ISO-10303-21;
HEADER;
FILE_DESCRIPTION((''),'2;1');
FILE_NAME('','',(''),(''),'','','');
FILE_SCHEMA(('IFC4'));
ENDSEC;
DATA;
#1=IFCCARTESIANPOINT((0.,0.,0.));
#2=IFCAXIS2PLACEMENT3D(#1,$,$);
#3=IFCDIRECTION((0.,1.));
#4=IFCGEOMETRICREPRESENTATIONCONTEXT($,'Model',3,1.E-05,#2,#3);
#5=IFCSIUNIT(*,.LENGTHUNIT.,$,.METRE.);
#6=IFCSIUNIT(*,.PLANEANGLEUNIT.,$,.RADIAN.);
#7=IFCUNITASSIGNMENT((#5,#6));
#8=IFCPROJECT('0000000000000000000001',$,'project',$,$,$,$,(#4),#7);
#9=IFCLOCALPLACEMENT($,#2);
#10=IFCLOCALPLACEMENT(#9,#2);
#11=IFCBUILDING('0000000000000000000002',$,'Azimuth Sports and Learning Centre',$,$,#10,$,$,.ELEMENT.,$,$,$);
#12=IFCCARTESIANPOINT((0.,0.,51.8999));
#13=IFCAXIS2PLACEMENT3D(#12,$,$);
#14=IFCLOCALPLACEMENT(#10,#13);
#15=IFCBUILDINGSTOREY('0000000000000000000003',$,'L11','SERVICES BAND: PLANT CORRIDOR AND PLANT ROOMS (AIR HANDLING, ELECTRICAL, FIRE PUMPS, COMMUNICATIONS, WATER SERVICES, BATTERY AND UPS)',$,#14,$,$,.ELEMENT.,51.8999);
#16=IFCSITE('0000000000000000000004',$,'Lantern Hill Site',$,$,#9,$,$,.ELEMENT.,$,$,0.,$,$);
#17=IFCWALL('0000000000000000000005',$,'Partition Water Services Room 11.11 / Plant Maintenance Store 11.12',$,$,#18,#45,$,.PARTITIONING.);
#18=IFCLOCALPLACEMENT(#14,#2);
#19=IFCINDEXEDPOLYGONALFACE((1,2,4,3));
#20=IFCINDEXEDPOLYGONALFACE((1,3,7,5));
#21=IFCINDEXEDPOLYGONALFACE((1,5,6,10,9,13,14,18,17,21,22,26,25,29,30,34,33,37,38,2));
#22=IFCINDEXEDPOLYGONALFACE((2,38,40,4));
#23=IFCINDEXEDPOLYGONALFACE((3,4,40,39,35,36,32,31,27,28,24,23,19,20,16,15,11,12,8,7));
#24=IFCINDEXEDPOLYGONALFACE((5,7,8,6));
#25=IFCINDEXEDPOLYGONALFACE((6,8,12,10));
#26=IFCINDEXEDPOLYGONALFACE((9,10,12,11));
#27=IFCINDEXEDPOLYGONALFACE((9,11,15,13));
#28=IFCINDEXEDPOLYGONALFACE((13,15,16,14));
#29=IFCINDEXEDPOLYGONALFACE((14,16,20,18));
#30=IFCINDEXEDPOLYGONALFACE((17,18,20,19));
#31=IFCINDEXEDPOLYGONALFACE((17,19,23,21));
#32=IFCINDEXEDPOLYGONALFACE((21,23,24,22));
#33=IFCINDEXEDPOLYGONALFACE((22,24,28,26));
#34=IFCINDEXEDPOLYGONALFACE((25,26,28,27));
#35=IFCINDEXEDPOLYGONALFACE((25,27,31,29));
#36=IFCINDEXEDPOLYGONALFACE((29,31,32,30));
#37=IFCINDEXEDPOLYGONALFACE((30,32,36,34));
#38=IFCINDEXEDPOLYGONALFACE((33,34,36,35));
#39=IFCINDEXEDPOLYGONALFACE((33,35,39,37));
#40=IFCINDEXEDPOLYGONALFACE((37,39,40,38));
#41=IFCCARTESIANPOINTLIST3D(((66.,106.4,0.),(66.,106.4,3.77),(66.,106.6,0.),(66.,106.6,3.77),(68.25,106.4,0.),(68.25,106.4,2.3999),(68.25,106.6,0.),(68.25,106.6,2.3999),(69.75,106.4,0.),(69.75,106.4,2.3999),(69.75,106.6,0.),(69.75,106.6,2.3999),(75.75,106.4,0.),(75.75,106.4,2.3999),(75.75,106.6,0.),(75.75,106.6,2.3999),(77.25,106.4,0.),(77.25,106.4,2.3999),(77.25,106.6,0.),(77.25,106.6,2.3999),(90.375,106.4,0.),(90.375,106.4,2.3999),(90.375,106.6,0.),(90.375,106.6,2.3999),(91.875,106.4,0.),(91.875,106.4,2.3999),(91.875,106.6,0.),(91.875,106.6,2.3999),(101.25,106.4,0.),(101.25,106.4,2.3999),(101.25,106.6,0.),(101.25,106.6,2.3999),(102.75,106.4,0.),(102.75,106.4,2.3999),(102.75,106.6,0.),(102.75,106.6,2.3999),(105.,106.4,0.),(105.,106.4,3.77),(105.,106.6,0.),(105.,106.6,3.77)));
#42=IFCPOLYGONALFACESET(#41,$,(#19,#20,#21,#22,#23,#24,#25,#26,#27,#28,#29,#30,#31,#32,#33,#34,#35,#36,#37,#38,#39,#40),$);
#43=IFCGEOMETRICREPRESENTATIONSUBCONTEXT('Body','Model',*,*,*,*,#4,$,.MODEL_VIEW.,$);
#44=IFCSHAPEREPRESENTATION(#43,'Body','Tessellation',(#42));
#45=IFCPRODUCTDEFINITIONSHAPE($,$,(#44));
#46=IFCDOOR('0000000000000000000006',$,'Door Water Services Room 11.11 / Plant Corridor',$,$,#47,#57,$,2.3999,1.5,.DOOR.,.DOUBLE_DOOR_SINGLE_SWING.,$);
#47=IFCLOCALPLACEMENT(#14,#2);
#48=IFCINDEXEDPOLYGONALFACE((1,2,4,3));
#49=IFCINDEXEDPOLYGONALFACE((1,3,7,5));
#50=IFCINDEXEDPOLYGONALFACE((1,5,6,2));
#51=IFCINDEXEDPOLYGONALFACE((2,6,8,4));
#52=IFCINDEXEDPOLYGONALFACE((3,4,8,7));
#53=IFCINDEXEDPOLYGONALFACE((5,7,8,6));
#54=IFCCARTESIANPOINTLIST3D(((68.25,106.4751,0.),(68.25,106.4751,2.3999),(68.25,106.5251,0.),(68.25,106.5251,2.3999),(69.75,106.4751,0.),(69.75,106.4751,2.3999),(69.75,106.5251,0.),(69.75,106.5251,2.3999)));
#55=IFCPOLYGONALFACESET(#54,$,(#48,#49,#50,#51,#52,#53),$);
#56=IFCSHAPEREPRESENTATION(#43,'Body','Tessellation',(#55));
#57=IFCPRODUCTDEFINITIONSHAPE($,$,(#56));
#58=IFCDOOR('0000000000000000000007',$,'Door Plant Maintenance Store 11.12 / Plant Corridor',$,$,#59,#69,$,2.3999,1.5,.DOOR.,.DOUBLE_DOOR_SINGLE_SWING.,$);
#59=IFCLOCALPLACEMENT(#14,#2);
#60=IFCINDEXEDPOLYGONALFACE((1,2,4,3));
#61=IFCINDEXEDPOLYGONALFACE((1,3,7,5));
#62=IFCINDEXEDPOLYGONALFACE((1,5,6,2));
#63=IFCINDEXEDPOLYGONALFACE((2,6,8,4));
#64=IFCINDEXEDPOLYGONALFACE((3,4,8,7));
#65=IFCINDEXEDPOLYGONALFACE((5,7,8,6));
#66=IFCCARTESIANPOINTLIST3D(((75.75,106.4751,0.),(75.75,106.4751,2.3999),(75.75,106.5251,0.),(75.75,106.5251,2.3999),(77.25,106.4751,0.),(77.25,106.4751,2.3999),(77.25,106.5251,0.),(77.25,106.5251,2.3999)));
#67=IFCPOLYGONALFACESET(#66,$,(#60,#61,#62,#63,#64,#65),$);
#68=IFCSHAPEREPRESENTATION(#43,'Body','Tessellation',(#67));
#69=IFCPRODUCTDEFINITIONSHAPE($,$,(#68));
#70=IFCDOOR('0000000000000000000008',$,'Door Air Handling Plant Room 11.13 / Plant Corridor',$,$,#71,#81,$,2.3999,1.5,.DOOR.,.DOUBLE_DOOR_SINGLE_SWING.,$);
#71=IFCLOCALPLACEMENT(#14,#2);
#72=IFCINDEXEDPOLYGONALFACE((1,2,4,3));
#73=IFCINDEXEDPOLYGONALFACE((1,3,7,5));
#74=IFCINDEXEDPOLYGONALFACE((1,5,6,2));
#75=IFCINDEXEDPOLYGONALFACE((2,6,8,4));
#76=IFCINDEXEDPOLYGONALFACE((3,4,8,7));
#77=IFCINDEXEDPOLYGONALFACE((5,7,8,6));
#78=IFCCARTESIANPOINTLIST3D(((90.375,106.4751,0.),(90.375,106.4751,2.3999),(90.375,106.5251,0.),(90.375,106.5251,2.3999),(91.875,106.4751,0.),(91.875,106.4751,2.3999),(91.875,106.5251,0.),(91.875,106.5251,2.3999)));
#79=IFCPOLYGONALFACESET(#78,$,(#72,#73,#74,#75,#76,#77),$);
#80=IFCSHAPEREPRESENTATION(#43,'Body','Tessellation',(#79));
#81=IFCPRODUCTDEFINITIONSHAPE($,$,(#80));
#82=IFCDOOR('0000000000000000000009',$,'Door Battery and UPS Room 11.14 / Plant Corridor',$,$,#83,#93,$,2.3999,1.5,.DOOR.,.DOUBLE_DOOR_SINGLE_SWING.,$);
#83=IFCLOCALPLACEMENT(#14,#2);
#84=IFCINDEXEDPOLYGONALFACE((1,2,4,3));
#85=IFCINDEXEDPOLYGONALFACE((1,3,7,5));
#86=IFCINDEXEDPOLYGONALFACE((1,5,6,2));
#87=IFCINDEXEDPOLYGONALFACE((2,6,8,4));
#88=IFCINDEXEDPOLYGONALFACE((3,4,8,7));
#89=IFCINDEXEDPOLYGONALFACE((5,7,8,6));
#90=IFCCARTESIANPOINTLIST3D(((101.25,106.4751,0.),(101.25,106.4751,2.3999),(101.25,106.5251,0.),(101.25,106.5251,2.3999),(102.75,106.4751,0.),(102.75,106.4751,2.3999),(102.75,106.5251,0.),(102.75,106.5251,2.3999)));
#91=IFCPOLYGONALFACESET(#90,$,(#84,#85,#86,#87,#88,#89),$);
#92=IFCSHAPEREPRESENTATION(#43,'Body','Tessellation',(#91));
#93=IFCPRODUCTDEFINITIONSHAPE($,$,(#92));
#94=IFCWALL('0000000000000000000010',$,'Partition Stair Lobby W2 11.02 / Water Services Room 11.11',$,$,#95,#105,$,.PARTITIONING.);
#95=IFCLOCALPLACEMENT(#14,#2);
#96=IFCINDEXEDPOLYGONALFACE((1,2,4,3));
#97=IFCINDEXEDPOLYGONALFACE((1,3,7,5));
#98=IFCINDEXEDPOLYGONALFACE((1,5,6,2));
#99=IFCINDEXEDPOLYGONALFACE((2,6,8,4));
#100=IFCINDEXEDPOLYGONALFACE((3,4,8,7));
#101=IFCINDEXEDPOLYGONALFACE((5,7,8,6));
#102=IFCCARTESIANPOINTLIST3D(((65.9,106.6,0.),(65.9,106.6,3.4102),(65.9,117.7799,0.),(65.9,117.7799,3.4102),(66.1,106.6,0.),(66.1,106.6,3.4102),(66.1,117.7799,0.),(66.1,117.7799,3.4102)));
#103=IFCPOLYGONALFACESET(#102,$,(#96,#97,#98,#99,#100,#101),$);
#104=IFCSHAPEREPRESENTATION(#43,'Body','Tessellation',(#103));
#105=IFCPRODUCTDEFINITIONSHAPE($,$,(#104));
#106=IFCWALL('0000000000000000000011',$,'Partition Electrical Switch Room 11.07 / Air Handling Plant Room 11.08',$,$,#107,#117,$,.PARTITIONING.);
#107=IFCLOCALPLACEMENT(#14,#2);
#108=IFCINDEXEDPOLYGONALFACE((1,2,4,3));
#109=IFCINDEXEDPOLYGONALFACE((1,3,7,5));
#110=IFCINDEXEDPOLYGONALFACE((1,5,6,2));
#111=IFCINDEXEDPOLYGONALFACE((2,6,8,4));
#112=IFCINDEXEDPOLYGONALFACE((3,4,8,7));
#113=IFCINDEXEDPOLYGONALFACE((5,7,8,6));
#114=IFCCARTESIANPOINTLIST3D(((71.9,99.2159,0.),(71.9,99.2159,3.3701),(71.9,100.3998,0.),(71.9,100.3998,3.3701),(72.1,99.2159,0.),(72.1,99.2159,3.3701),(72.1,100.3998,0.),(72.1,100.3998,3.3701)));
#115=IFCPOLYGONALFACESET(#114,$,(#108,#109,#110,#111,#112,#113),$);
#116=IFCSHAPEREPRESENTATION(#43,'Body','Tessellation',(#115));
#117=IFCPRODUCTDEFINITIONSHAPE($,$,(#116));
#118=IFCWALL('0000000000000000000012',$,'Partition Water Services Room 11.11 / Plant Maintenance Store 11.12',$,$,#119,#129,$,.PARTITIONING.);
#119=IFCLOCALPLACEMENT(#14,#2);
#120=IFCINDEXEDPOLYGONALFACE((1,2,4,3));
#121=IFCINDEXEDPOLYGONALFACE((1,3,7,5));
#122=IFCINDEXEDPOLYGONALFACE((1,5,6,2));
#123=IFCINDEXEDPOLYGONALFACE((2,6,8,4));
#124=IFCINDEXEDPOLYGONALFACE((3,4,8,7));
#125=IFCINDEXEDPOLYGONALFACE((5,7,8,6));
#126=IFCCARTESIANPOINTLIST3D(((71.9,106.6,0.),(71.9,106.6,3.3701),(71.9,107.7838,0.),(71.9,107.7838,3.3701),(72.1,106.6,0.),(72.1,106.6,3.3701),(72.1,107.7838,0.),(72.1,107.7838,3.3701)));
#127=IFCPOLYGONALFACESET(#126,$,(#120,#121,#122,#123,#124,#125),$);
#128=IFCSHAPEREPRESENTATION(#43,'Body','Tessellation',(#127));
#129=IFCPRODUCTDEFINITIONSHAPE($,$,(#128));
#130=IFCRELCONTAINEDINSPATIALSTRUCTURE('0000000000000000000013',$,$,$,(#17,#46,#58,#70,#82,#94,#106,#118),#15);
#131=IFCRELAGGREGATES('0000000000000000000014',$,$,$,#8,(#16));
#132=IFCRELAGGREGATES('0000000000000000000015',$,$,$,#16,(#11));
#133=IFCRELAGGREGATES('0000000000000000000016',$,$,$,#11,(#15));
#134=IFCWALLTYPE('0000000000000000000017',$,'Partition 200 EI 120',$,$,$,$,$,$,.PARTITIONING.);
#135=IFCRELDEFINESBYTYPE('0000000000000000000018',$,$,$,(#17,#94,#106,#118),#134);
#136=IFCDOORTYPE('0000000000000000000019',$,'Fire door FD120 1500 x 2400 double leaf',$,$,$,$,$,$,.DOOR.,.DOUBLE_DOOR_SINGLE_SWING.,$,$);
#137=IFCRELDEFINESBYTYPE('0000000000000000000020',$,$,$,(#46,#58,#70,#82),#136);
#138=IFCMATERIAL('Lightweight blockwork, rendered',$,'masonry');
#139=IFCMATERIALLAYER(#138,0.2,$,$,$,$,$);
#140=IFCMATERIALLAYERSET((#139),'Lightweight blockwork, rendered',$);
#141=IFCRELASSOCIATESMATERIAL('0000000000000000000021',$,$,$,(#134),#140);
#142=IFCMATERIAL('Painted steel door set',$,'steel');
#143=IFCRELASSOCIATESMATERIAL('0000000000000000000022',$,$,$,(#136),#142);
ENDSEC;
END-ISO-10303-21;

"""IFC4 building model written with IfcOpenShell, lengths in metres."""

from ifc_helpers import new_model, si_unit, direction, frame, frame_2d, origin, place, context, subcontext, project, spatial, rectangle, extrude, material, layer, layer_set, type_object, element, fill, save


model = new_model("IFC4")

# Units and contexts
model_context = context("Model", 3, precision=1e-05, world=origin(), true_north=direction((0.0, 1.0)))
body_context = subcontext(model_context, "Body", "Model", "MODEL_VIEW")
ifc_project = project(units=[si_unit("LENGTHUNIT", "METRE"), si_unit("PLANEANGLEUNIT", "RADIAN")], contexts=[model_context])

# Site, building, storey
site_placement = place(None, origin())
site = spatial("IfcSite", under=ifc_project, at=site_placement, Name="Lantern Hill Site", CompositionType="ELEMENT", RefElevation=0.0)
building_placement = place(site_placement, origin())
building = spatial("IfcBuilding", under=site, at=building_placement, Name="Azimuth Sports and Learning Centre", CompositionType="ELEMENT")
storey_placement = place(building_placement, frame((0.0, 0.0, 51.8999)))
storey = spatial("IfcBuildingStorey", under=building, at=storey_placement, Name="L11", Description="SERVICES BAND: PLANT CORRIDOR AND PLANT ROOMS (AIR HANDLING, ELECTRICAL, FIRE PUMPS, COMMUNICATIONS, WATER SERVICES, BATTERY AND UPS)", CompositionType="ELEMENT", Elevation=51.8999)

# Wall, openings, doors
ifc_material_1 = material(Name="Lightweight blockwork, rendered", Category="masonry")
ifc_layer_1 = layer(ifc_material_1, 0.2)
ifc_layer_set_1 = layer_set([ifc_layer_1], Name="Lightweight blockwork, rendered")
wall_type_1 = type_object("IfcWallType", Name="Partition 200 EI 120", PredefinedType="PARTITIONING", material=ifc_layer_set_1)
ifc_material_2 = material(Name="Painted steel door set", Category="steel")
door_type_1 = type_object("IfcDoorType", Name="Fire door FD120 1500 x 2400 double leaf", OperationType="DOUBLE_DOOR_SINGLE_SWING", PredefinedType="DOOR", material=ifc_material_2)
wall_1_placement = place(storey_placement, frame((66.0, 106.5, 0.0), z_axis=(0.0, 0.0, 1.0), x_axis=(1.0, 0.0, 0.0)))
wall_1 = element("IfcWall", 1, at=wall_1_placement, inside=storey, type_object=wall_type_1, Name="Partition Water Services Room 11.11 / Plant Maintenance Store 11.12", PredefinedType="PARTITIONING", context=body_context, shape_type="SweptSolid", body=[
    extrude(rectangle(XDim=39.0, YDim=0.2, at=frame_2d((19.5, 0.0))), origin(), (0.0, 0.0, 1.0), 3.77),
])
opening_1_placement = place(wall_1_placement, frame((2.25, 0.0, 0.0)))
opening_1 = element("IfcOpeningElement", 2, at=opening_1_placement, cuts=wall_1, PredefinedType="OPENING", context=body_context, shape_type="SweptSolid", body=[
    extrude(rectangle(XDim=1.5, YDim=2.3999, at=frame_2d((0.75, 1.2))), frame((0.0, 0.1108, 0.0), z_axis=(0.0, -1.0, 0.0), x_axis=(1.0, 0.0, 0.0)), (0.0, 0.0, 1.0), 0.2219),
])
opening_2_placement = place(wall_1_placement, frame((9.75, 0.0, 0.0)))
opening_2 = element("IfcOpeningElement", 3, at=opening_2_placement, cuts=wall_1, PredefinedType="OPENING", context=body_context, shape_type="SweptSolid", body=[
    extrude(rectangle(XDim=1.5, YDim=2.3999, at=frame_2d((0.75, 1.2))), frame((0.0, 0.1108, 0.0), z_axis=(0.0, -1.0, 0.0), x_axis=(1.0, 0.0, 0.0)), (0.0, 0.0, 1.0), 0.2219),
])
opening_3_placement = place(wall_1_placement, frame((24.375, 0.0, 0.0)))
opening_3 = element("IfcOpeningElement", 4, at=opening_3_placement, cuts=wall_1, PredefinedType="OPENING", context=body_context, shape_type="SweptSolid", body=[
    extrude(rectangle(XDim=1.5, YDim=2.3999, at=frame_2d((0.75, 1.2))), frame((0.0, 0.1108, 0.0), z_axis=(0.0, -1.0, 0.0), x_axis=(1.0, 0.0, 0.0)), (0.0, 0.0, 1.0), 0.2219),
])
opening_4_placement = place(wall_1_placement, frame((35.25, 0.0, 0.0)))
opening_4 = element("IfcOpeningElement", 5, at=opening_4_placement, cuts=wall_1, PredefinedType="OPENING", context=body_context, shape_type="SweptSolid", body=[
    extrude(rectangle(XDim=1.5, YDim=2.3999, at=frame_2d((0.75, 1.2))), frame((0.0, 0.1108, 0.0), z_axis=(0.0, -1.0, 0.0), x_axis=(1.0, 0.0, 0.0)), (0.0, 0.0, 1.0), 0.2219),
])
door_1_placement = place(opening_1_placement, frame((1.5, 0.0, 0.0), z_axis=(0.0, 0.0, 1.0), x_axis=(-1.0, 0.0, 0.0)))
door_1 = element("IfcDoor", 6, at=door_1_placement, inside=storey, type_object=door_type_1, Name="Door Water Services Room 11.11 / Plant Corridor", OperationType="DOUBLE_DOOR_SINGLE_SWING", OverallHeight=2.3999, OverallWidth=1.5, PredefinedType="DOOR", context=body_context, shape_type="SweptSolid", body=[
    extrude(rectangle(XDim=1.5, YDim=2.3999, at=frame_2d((0.75, 1.2))), frame((0.0, 0.0249, 0.0), z_axis=(0.0, -1.0, 0.0), x_axis=(1.0, 0.0, 0.0)), (0.0, 0.0, 1.0), 0.05),
])
fill(opening_1, door_1)
door_2_placement = place(opening_2_placement, frame((1.5, 0.0, 0.0), z_axis=(0.0, 0.0, 1.0), x_axis=(-1.0, 0.0, 0.0)))
door_2 = element("IfcDoor", 7, at=door_2_placement, inside=storey, type_object=door_type_1, Name="Door Plant Maintenance Store 11.12 / Plant Corridor", OperationType="DOUBLE_DOOR_SINGLE_SWING", OverallHeight=2.3999, OverallWidth=1.5, PredefinedType="DOOR", context=body_context, shape_type="SweptSolid", body=[
    extrude(rectangle(XDim=1.5, YDim=2.3999, at=frame_2d((0.75, 1.2))), frame((0.0, 0.0249, 0.0), z_axis=(0.0, -1.0, 0.0), x_axis=(1.0, 0.0, 0.0)), (0.0, 0.0, 1.0), 0.05),
])
fill(opening_2, door_2)
door_3_placement = place(opening_3_placement, frame((1.5, 0.0, 0.0), z_axis=(0.0, 0.0, 1.0), x_axis=(-1.0, 0.0, 0.0)))
door_3 = element("IfcDoor", 8, at=door_3_placement, inside=storey, type_object=door_type_1, Name="Door Air Handling Plant Room 11.13 / Plant Corridor", OperationType="DOUBLE_DOOR_SINGLE_SWING", OverallHeight=2.3999, OverallWidth=1.5, PredefinedType="DOOR", context=body_context, shape_type="SweptSolid", body=[
    extrude(rectangle(XDim=1.5, YDim=2.3999, at=frame_2d((0.75, 1.2))), frame((0.0, 0.0249, 0.0), z_axis=(0.0, -1.0, 0.0), x_axis=(1.0, 0.0, 0.0)), (0.0, 0.0, 1.0), 0.05),
])
fill(opening_3, door_3)
door_4_placement = place(opening_4_placement, frame((1.5, 0.0, 0.0), z_axis=(0.0, 0.0, 1.0), x_axis=(-1.0, 0.0, 0.0)))
door_4 = element("IfcDoor", 9, at=door_4_placement, inside=storey, type_object=door_type_1, Name="Door Battery and UPS Room 11.14 / Plant Corridor", OperationType="DOUBLE_DOOR_SINGLE_SWING", OverallHeight=2.3999, OverallWidth=1.5, PredefinedType="DOOR", context=body_context, shape_type="SweptSolid", body=[
    extrude(rectangle(XDim=1.5, YDim=2.3999, at=frame_2d((0.75, 1.2))), frame((0.0, 0.0249, 0.0), z_axis=(0.0, -1.0, 0.0), x_axis=(1.0, 0.0, 0.0)), (0.0, 0.0, 1.0), 0.05),
])
fill(opening_4, door_4)

# Walls
wall_2_placement = place(storey_placement, frame((66.0, 106.6001, 0.0), z_axis=(0.0, 0.0, 1.0), x_axis=(0.0, 1.0, 0.0)))
element("IfcWall", 10, at=wall_2_placement, inside=storey, type_object=wall_type_1, Name="Partition Stair Lobby W2 11.02 / Water Services Room 11.11", PredefinedType="PARTITIONING", context=body_context, shape_type="SweptSolid", body=[
    extrude(rectangle(XDim=11.1799, YDim=0.2, at=frame_2d((5.5898, 0.0))), origin(), (0.0, 0.0, 1.0), 3.4102),
])
for number, where, z_axis, x_axis, name in (
    (11, (72.0, 99.2161, 0.0), (0.0, 0.0, 1.0), (0.0, 1.0, 0.0), "Partition Electrical Switch Room 11.07 / Air Handling Plant Room 11.08"),
    (12, (72.0, 106.6001, 0.0), (0.0, 0.0, 1.0), (0.0, 1.0, 0.0), "Partition Water Services Room 11.11 / Plant Maintenance Store 11.12"),
):
    element("IfcWall", number, at=place(storey_placement, frame(where, z_axis=z_axis, x_axis=x_axis)), inside=storey, type_object=wall_type_1, Name=name, PredefinedType="PARTITIONING", context=body_context, shape_type="SweptSolid", body=[
        extrude(rectangle(XDim=1.1838, YDim=0.2, at=frame_2d((0.5918, 0.0))), origin(), (0.0, 0.0, 1.0), 3.3701),
    ])

save(model, "model.ifc")
